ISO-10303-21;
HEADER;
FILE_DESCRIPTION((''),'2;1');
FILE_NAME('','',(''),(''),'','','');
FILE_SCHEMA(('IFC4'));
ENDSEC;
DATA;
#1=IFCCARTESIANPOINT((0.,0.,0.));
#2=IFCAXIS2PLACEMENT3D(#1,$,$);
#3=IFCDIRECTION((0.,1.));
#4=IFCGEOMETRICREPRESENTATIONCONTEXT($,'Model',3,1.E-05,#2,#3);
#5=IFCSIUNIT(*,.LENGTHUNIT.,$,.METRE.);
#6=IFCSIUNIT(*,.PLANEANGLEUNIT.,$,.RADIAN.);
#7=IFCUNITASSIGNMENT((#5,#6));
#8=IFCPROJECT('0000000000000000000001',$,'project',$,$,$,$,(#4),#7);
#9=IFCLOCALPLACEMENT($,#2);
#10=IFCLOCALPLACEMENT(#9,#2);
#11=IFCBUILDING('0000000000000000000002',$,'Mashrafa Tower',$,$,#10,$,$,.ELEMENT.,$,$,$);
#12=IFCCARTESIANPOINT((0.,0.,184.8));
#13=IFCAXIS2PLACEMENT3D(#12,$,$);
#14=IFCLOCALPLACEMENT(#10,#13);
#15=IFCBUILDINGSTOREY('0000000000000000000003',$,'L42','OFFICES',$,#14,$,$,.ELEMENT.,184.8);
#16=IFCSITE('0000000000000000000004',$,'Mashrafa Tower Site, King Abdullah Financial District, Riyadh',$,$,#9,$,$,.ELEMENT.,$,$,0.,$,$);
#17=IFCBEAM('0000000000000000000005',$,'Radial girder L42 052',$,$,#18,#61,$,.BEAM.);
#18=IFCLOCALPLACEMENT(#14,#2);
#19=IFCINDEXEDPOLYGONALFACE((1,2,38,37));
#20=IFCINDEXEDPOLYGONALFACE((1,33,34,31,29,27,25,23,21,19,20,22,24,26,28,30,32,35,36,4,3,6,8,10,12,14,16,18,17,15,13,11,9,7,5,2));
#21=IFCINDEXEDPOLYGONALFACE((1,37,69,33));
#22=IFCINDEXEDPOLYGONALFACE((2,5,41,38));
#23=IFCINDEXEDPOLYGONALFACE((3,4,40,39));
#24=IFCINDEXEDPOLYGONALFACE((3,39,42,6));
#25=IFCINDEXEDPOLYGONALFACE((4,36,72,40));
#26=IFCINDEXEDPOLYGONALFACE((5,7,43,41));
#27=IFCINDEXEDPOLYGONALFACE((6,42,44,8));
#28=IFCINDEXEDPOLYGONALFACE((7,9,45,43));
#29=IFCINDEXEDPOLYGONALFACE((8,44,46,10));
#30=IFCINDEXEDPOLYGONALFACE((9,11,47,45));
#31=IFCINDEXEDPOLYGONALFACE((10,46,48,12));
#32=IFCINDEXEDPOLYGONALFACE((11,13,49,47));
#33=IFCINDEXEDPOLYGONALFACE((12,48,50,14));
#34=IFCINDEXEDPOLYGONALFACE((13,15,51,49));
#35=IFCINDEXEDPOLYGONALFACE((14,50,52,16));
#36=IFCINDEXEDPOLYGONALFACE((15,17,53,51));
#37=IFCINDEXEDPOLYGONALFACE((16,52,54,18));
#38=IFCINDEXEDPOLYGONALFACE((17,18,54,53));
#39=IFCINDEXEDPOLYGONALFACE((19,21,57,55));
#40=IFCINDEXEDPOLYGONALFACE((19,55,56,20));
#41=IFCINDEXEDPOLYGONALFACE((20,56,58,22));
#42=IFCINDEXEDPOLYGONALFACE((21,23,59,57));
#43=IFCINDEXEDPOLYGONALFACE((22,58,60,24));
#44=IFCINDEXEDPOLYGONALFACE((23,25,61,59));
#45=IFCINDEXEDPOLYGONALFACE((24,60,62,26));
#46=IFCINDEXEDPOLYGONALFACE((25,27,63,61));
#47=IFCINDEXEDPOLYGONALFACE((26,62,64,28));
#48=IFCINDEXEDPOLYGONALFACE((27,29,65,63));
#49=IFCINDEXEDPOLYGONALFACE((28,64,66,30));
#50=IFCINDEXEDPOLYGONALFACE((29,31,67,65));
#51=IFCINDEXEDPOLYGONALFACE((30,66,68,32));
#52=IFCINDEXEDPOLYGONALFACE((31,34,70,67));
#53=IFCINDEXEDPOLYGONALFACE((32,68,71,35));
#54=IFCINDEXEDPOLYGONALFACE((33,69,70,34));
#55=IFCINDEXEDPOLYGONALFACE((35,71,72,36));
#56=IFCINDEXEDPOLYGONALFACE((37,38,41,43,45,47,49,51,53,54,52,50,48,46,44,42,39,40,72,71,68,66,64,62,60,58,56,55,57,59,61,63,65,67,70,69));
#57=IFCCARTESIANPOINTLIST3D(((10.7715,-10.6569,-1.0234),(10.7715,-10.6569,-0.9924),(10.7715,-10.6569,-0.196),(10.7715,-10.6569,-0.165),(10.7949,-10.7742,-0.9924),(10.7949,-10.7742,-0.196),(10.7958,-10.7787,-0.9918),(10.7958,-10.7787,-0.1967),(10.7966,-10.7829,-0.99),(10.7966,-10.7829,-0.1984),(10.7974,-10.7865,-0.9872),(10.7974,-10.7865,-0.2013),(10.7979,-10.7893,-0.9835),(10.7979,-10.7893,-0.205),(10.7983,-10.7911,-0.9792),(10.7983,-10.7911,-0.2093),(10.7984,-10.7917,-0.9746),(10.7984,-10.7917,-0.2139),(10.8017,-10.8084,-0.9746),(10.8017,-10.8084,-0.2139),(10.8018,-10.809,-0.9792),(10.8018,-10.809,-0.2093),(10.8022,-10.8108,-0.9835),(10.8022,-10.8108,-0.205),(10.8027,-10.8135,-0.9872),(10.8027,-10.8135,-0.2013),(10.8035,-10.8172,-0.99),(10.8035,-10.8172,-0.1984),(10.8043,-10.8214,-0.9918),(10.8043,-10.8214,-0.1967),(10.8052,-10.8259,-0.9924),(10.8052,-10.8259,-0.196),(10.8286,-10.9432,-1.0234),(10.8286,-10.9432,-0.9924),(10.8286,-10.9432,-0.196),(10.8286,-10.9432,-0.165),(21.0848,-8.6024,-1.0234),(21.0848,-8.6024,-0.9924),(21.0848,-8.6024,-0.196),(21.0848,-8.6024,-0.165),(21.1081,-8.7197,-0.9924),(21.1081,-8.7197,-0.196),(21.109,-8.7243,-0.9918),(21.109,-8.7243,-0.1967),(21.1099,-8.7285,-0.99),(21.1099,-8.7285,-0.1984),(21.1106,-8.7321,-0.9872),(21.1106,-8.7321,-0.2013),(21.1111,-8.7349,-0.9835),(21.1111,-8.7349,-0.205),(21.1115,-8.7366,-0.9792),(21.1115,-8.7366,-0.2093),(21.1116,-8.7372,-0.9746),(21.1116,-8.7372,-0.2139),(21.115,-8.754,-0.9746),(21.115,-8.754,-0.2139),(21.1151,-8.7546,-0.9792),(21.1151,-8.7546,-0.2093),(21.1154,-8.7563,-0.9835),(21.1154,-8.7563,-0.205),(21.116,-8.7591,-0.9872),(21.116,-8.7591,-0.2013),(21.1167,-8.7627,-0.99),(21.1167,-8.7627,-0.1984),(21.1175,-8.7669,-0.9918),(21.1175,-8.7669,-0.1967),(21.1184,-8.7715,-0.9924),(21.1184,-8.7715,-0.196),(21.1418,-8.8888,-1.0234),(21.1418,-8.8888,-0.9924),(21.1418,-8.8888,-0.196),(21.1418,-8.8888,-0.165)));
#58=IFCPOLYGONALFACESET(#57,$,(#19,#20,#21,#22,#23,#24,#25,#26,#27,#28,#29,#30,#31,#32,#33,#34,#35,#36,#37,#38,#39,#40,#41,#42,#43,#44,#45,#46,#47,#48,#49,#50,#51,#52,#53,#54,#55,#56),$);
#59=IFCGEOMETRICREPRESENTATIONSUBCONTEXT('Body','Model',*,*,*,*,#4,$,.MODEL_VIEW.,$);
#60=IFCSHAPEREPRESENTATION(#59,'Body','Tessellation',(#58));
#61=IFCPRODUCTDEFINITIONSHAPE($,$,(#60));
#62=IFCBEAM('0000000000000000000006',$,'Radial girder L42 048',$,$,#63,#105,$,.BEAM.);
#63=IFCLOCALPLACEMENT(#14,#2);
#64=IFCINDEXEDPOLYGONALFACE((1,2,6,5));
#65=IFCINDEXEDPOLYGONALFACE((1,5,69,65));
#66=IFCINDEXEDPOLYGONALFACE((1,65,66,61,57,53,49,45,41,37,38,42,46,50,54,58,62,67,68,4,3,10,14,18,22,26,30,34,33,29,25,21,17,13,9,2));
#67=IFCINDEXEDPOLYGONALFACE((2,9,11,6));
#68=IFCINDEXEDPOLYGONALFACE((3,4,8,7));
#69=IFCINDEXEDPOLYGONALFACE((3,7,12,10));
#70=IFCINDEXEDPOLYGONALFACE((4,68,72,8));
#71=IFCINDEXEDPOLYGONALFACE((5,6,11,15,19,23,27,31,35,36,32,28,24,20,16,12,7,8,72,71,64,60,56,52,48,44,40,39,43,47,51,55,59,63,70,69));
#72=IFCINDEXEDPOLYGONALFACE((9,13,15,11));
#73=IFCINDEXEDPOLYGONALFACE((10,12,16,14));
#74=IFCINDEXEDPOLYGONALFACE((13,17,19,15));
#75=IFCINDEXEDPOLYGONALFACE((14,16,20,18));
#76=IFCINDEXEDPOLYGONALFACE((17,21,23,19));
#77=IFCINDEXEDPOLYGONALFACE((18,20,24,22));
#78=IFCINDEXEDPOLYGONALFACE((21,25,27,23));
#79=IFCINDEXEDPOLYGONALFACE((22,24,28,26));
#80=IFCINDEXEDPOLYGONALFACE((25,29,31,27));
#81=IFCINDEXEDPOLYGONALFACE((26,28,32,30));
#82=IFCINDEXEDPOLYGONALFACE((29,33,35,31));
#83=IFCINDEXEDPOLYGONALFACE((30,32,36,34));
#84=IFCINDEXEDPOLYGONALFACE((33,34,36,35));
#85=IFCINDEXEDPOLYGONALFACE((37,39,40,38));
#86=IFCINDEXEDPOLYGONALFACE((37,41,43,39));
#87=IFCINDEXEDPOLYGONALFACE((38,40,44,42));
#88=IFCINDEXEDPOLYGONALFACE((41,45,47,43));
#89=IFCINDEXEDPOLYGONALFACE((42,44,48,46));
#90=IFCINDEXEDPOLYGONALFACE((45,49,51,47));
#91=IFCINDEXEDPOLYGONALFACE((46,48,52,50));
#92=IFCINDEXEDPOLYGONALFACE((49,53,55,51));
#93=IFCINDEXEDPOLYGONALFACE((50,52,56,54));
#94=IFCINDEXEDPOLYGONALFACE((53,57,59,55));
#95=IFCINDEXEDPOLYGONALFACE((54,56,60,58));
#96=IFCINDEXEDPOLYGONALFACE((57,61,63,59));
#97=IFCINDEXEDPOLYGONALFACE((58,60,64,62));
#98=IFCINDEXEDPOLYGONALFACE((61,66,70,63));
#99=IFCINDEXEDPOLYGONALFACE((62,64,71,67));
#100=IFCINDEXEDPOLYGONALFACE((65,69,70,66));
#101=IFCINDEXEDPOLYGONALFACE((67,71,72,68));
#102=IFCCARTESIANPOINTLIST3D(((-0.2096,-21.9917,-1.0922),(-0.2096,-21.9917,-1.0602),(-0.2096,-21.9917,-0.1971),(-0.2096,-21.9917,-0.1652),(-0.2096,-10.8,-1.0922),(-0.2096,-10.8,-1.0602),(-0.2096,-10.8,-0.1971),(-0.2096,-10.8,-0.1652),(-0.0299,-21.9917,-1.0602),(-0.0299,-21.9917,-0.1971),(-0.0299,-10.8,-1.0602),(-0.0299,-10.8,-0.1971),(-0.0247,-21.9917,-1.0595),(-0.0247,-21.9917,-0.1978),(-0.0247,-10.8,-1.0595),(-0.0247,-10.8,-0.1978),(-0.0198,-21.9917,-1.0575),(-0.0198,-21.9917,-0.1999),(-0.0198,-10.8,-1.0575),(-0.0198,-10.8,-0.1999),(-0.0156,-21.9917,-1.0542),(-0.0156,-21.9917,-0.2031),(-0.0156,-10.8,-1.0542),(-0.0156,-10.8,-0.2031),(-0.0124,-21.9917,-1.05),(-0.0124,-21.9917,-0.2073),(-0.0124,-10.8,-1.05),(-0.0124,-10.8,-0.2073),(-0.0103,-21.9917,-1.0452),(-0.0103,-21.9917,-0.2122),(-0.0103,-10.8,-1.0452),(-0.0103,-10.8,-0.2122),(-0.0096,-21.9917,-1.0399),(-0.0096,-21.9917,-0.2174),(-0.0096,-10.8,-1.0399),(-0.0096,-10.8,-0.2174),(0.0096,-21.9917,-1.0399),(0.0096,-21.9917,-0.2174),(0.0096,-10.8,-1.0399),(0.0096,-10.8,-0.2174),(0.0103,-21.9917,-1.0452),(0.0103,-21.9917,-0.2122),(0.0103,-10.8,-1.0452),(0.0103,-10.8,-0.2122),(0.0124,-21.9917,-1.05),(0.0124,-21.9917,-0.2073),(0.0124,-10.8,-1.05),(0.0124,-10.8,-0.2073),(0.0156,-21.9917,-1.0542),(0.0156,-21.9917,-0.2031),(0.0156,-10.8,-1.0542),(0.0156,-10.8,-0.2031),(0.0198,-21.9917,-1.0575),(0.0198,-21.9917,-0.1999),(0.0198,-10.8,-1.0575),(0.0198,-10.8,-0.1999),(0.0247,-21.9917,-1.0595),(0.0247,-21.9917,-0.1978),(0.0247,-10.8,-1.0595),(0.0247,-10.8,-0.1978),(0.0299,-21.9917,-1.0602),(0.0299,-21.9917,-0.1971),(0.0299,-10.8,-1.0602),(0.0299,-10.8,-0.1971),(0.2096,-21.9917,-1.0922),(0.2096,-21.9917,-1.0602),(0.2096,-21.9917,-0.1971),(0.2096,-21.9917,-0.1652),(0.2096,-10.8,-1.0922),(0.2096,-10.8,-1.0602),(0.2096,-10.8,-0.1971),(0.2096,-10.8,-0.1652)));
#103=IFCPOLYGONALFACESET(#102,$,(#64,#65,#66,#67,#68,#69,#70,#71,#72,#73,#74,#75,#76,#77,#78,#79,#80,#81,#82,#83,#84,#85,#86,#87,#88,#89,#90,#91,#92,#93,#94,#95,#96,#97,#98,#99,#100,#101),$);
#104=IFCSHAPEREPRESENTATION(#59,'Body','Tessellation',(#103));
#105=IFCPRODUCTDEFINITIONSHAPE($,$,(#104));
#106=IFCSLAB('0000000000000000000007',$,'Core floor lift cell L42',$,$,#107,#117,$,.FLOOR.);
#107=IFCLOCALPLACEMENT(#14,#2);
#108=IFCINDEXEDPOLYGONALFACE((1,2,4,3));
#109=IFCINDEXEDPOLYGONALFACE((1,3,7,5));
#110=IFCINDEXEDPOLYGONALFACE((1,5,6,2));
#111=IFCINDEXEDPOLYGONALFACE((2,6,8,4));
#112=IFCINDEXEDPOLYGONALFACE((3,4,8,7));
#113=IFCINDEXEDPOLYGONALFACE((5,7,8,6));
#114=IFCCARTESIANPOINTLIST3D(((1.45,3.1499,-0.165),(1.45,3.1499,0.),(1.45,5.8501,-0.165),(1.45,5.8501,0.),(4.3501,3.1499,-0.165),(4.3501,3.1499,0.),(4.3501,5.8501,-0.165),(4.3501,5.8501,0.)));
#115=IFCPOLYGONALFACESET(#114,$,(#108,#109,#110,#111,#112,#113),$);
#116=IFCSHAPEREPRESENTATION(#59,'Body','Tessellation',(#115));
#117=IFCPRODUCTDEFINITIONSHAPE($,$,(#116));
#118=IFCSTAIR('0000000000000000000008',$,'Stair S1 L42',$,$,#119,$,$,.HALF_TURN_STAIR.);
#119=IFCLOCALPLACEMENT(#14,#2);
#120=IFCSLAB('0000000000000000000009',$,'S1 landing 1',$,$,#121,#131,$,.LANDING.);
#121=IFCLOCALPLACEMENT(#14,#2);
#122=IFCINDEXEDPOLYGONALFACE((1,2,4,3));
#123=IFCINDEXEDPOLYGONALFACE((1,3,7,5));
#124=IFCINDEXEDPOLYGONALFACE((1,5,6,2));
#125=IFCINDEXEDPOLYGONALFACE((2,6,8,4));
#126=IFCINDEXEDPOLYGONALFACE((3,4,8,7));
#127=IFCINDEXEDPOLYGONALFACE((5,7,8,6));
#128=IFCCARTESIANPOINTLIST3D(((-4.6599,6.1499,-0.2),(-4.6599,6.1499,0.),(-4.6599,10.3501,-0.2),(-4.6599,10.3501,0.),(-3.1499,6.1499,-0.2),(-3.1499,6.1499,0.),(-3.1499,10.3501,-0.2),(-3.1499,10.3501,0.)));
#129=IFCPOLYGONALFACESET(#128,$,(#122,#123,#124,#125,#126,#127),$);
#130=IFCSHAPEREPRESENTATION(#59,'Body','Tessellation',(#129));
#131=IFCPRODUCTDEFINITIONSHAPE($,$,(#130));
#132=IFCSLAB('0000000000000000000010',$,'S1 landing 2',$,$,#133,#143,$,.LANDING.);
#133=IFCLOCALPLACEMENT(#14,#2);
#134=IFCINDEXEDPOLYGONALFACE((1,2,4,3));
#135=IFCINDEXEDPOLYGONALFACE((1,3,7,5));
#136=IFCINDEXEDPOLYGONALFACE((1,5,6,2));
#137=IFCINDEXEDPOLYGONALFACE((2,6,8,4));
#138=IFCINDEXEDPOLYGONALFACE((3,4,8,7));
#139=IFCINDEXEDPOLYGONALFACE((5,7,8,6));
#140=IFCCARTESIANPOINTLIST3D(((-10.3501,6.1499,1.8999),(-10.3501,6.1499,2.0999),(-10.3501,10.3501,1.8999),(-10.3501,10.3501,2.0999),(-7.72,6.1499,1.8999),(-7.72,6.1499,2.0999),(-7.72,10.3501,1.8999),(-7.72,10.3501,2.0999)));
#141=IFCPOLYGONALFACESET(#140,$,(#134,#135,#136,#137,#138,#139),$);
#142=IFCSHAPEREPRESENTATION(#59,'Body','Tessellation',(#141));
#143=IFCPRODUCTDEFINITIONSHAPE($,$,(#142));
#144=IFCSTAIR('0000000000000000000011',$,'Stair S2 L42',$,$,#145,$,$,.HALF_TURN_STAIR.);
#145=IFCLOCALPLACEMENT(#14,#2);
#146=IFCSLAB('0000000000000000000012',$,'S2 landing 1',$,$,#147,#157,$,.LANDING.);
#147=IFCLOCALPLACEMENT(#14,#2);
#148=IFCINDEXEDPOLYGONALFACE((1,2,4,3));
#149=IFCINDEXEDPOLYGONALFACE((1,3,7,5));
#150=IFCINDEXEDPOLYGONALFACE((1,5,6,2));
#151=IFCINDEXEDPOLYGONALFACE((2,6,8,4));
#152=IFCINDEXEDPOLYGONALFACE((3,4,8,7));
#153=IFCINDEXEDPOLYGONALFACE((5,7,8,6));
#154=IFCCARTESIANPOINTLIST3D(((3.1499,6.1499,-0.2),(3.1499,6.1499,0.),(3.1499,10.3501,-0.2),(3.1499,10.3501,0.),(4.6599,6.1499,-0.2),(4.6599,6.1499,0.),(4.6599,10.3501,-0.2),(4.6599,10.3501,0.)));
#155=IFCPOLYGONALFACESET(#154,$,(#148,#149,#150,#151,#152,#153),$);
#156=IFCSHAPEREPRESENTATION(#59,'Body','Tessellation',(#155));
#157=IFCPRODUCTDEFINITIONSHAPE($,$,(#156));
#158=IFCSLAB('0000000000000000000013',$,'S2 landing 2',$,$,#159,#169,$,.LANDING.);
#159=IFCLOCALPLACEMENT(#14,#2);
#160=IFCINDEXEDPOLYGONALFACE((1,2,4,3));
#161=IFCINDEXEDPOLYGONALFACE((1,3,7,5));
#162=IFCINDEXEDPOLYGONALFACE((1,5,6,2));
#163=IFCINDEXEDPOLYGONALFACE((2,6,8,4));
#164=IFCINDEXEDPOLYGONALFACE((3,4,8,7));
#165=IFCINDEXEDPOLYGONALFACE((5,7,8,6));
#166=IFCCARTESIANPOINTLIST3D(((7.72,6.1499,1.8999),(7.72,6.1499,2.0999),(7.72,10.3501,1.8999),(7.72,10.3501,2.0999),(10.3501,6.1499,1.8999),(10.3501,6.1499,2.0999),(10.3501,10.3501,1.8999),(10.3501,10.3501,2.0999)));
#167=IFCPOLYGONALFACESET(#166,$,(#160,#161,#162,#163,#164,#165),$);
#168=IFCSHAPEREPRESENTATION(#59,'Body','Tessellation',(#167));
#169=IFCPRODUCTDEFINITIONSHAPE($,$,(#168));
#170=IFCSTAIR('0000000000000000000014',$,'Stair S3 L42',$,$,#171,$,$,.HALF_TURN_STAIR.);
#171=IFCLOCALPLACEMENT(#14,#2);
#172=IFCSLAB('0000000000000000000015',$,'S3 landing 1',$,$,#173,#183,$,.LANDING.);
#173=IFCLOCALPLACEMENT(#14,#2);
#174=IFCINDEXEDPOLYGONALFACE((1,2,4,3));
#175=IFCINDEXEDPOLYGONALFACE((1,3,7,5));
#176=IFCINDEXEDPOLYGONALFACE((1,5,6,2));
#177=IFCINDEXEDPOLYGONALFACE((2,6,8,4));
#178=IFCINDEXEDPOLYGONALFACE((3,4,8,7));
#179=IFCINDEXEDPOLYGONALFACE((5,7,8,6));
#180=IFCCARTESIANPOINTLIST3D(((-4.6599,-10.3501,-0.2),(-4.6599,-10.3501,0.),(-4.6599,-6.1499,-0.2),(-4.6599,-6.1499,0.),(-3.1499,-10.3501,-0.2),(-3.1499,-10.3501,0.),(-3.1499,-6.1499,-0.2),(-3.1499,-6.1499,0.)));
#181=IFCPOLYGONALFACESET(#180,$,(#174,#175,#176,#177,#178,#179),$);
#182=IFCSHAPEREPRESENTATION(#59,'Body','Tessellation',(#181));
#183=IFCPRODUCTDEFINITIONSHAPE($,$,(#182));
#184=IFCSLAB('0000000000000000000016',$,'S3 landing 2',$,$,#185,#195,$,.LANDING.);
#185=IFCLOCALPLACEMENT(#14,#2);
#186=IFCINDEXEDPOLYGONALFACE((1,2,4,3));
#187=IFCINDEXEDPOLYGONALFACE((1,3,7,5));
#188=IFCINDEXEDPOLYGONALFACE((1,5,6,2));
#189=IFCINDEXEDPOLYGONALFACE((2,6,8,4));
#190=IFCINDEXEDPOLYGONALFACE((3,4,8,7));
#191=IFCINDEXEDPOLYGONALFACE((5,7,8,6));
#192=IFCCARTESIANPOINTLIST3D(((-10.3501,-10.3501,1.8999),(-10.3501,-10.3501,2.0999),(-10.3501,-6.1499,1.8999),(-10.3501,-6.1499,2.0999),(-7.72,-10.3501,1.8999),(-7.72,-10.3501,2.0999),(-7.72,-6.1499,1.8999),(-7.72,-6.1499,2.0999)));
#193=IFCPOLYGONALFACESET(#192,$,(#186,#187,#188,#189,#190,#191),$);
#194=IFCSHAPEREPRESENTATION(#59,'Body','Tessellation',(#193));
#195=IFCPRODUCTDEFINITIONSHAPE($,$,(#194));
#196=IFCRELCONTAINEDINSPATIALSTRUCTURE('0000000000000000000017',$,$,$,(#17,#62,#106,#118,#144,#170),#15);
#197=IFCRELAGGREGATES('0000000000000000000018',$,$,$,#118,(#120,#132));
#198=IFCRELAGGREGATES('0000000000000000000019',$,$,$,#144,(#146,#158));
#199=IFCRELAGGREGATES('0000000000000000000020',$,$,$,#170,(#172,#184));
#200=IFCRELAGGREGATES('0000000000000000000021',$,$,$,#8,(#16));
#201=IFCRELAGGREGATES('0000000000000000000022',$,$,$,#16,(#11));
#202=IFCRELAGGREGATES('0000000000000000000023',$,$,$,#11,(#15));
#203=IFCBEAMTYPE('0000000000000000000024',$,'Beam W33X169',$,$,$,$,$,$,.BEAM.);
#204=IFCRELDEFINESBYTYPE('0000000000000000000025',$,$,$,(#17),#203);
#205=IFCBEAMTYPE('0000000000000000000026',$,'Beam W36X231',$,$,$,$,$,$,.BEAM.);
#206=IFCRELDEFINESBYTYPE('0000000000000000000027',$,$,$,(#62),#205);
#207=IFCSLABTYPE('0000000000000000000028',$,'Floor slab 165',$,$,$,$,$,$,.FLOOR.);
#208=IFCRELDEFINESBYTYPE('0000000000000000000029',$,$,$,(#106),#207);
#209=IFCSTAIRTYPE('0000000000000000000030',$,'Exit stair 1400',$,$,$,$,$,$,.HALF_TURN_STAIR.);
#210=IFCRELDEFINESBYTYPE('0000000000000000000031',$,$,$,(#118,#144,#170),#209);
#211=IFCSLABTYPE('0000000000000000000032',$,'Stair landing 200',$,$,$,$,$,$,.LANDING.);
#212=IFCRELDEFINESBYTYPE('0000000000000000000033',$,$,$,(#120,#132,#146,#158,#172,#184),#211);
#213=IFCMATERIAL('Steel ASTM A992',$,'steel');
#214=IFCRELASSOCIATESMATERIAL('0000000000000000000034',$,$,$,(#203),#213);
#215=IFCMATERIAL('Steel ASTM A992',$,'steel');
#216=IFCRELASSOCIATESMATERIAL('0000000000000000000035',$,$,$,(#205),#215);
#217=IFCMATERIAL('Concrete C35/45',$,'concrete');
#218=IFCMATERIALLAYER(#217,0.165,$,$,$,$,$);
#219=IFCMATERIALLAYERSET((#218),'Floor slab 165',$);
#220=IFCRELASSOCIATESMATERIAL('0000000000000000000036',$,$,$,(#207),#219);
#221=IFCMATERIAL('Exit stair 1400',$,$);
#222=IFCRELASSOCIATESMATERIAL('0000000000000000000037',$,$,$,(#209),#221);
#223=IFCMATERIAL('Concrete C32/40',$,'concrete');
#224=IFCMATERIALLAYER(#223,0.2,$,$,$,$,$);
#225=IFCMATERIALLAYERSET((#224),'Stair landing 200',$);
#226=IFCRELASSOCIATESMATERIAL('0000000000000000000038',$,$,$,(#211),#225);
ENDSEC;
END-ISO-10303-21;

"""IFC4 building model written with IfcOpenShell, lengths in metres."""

from ifc_helpers import new_model, si_unit, direction, frame, origin, origin_2d, place, context, subcontext, project, spatial, polyline, i_section, outline, extrude, material, layer, layer_set, material_profile, profile_set, type_object, element, aggregate, save


model = new_model("IFC4")

# Units and contexts
model_context = context("Model", 3, precision=1e-05, world=origin(), true_north=direction((0.0, 1.0)))
body_context = subcontext(model_context, "Body", "Model", "MODEL_VIEW")
ifc_project = project(units=[si_unit("LENGTHUNIT", "METRE"), si_unit("PLANEANGLEUNIT", "RADIAN")], contexts=[model_context])

# Site, building, storey
site_placement = place(None, origin())
site = spatial("IfcSite", under=ifc_project, at=site_placement, Name="Mashrafa Tower Site, King Abdullah Financial District, Riyadh", CompositionType="ELEMENT", RefElevation=0.0)
building_placement = place(site_placement, origin())
building = spatial("IfcBuilding", under=site, at=building_placement, Name="Mashrafa Tower", CompositionType="ELEMENT")
storey_placement = place(building_placement, frame((0.0, 0.0, 184.8)))
storey = spatial("IfcBuildingStorey", under=building, at=storey_placement, Name="L42", Description="OFFICES", CompositionType="ELEMENT", Elevation=184.8)

# Beams
ifc_material_1 = material(Name="Steel ASTM A992", Category="steel")
ifc_material_profile_1 = material_profile(ifc_material_1, i_section(OverallWidth=0.292, OverallDepth=0.8584, WebThickness=0.0171, FlangeThickness=0.031, FilletRadius=0.0178, at=origin_2d()), Name="W33X169")
ifc_profile_set_1 = profile_set([ifc_material_profile_1], Name="Steel ASTM A992")
beam_type_1 = type_object("IfcBeamType", Name="Beam W33X169", PredefinedType="BEAM", material=ifc_profile_set_1)
for number, where, z_axis, x_axis, name in (
    (1, (10.8, -10.8, -0.5942), (0.98073, 0.195366, 0.0), (-0.195366, 0.98073, 0.0), "Radial girder L42 052"),
):
    element("IfcBeam", number, at=place(storey_placement, frame(where, z_axis=z_axis, x_axis=x_axis)), inside=storey, type_object=beam_type_1, Name=name, PredefinedType="BEAM", context=body_context, shape_type="SweptSolid", body=[
        extrude(i_section(OverallWidth=0.292, OverallDepth=0.8584, WebThickness=0.0171, FlangeThickness=0.031, FilletRadius=0.0178, at=origin_2d()), origin(), (0.0, 0.0, 1.0), 10.5159),
    ])
ifc_material_2 = material(Name="Steel ASTM A992", Category="steel")
ifc_material_profile_2 = material_profile(ifc_material_2, i_section(OverallWidth=0.4192, OverallDepth=0.927, WebThickness=0.0193, FlangeThickness=0.032, FilletRadius=0.0203, at=origin_2d()), Name="W36X231")
ifc_profile_set_2 = profile_set([ifc_material_profile_2], Name="Steel ASTM A992")
beam_type_2 = type_object("IfcBeamType", Name="Beam W36X231", PredefinedType="BEAM", material=ifc_profile_set_2)
beam_1_placement = place(storey_placement, frame((0.0, -10.8, -0.6287), z_axis=(0.0, -1.0, 0.0), x_axis=(1.0, 0.0, 0.0)))
element("IfcBeam", 2, at=beam_1_placement, inside=storey, type_object=beam_type_2, Name="Radial girder L42 048", PredefinedType="BEAM", context=body_context, shape_type="SweptSolid", body=[
    extrude(i_section(OverallWidth=0.4192, OverallDepth=0.927, WebThickness=0.0193, FlangeThickness=0.032, FilletRadius=0.0203, at=origin_2d()), origin(), (0.0, 0.0, 1.0), 11.1917),
])

# Slab
ifc_material_3 = material(Name="Concrete C35/45", Category="concrete")
ifc_layer_1 = layer(ifc_material_3, 0.165)
ifc_layer_set_1 = layer_set([ifc_layer_1], Name="Floor slab 165")
slab_type_1 = type_object("IfcSlabType", Name="Floor slab 165", PredefinedType="FLOOR", material=ifc_layer_set_1)
slab_1_placement = place(storey_placement, frame((0.0, 0.0, -0.165)))
element("IfcSlab", 3, at=slab_1_placement, inside=storey, type_object=slab_type_1, Name="Core floor lift cell L42", PredefinedType="FLOOR", context=body_context, shape_type="SweptSolid", body=[
    extrude(outline(polyline([(4.3501, 5.8501), (4.3501, 3.1499), (1.45, 3.1499), (1.45, 5.8501), (4.3501, 5.8501)])), origin(), (0.0, 0.0, 1.0), 0.165),
])

# Stairs, slabs
ifc_material_4 = material(Name="Exit stair 1400")
stair_type = type_object("IfcStairType", Name="Exit stair 1400", PredefinedType="HALF_TURN_STAIR", material=ifc_material_4)
stair_1_placement = place(storey_placement, origin())
stair_1 = element("IfcStair", 4, at=stair_1_placement, inside=storey, type_object=stair_type, Name="Stair S1 L42", PredefinedType="HALF_TURN_STAIR")
ifc_material_5 = material(Name="Concrete C32/40", Category="concrete")
ifc_layer_2 = layer(ifc_material_5, 0.2)
ifc_layer_set_2 = layer_set([ifc_layer_2], Name="Stair landing 200")
slab_type_2 = type_object("IfcSlabType", Name="Stair landing 200", PredefinedType="LANDING", material=ifc_layer_set_2)
slab_2_placement = place(storey_placement, frame((0.0, 0.0, -0.2)))
slab_2 = element("IfcSlab", 5, at=slab_2_placement, type_object=slab_type_2, Name="S1 landing 1", PredefinedType="LANDING", context=body_context, shape_type="SweptSolid", body=[
    extrude(outline(polyline([(-4.6599, 6.1499), (-3.1499, 6.1499), (-3.1499, 10.3501), (-4.6599, 10.3501), (-4.6599, 6.1499)])), origin(), (0.0, 0.0, 1.0), 0.2),
])
slab_3_placement = place(storey_placement, frame((0.0, 0.0, 1.8999)))
slab_3 = element("IfcSlab", 6, at=slab_3_placement, type_object=slab_type_2, Name="S1 landing 2", PredefinedType="LANDING", context=body_context, shape_type="SweptSolid", body=[
    extrude(outline(polyline([(-10.3501, 6.1499), (-7.72, 6.1499), (-7.72, 10.3501), (-10.3501, 10.3501), (-10.3501, 6.1499)])), origin(), (0.0, 0.0, 1.0), 0.2),
])
aggregate(stair_1, [slab_2, slab_3])
stair_2_placement = place(storey_placement, origin())
stair_2 = element("IfcStair", 7, at=stair_2_placement, inside=storey, type_object=stair_type, Name="Stair S2 L42", PredefinedType="HALF_TURN_STAIR")
slab_4_placement = place(storey_placement, frame((0.0, 0.0, -0.2)))
slab_4 = element("IfcSlab", 8, at=slab_4_placement, type_object=slab_type_2, Name="S2 landing 1", PredefinedType="LANDING", context=body_context, shape_type="SweptSolid", body=[
    extrude(outline(polyline([(3.1499, 6.1499), (4.6599, 6.1499), (4.6599, 10.3501), (3.1499, 10.3501), (3.1499, 6.1499)])), origin(), (0.0, 0.0, 1.0), 0.2),
])
slab_5_placement = place(storey_placement, frame((0.0, 0.0, 1.8999)))
slab_5 = element("IfcSlab", 9, at=slab_5_placement, type_object=slab_type_2, Name="S2 landing 2", PredefinedType="LANDING", context=body_context, shape_type="SweptSolid", body=[
    extrude(outline(polyline([(7.72, 6.1499), (10.3501, 6.1499), (10.3501, 10.3501), (7.72, 10.3501), (7.72, 6.1499)])), origin(), (0.0, 0.0, 1.0), 0.2),
])
aggregate(stair_2, [slab_4, slab_5])
stair_3_placement = place(storey_placement, origin())
stair_3 = element("IfcStair", 10, at=stair_3_placement, inside=storey, type_object=stair_type, Name="Stair S3 L42", PredefinedType="HALF_TURN_STAIR")
slab_6_placement = place(storey_placement, frame((0.0, 0.0, -0.2)))
slab_6 = element("IfcSlab", 11, at=slab_6_placement, type_object=slab_type_2, Name="S3 landing 1", PredefinedType="LANDING", context=body_context, shape_type="SweptSolid", body=[
    extrude(outline(polyline([(-4.6599, -10.3501), (-3.1499, -10.3501), (-3.1499, -6.1499), (-4.6599, -6.1499), (-4.6599, -10.3501)])), origin(), (0.0, 0.0, 1.0), 0.2),
])
slab_7_placement = place(storey_placement, frame((0.0, 0.0, 1.8999)))
slab_7 = element("IfcSlab", 12, at=slab_7_placement, type_object=slab_type_2, Name="S3 landing 2", PredefinedType="LANDING", context=body_context, shape_type="SweptSolid", body=[
    extrude(outline(polyline([(-10.3501, -10.3501), (-7.72, -10.3501), (-7.72, -6.1499), (-10.3501, -6.1499), (-10.3501, -10.3501)])), origin(), (0.0, 0.0, 1.0), 0.2),
])
aggregate(stair_3, [slab_6, slab_7])

save(model, "model.ifc")
